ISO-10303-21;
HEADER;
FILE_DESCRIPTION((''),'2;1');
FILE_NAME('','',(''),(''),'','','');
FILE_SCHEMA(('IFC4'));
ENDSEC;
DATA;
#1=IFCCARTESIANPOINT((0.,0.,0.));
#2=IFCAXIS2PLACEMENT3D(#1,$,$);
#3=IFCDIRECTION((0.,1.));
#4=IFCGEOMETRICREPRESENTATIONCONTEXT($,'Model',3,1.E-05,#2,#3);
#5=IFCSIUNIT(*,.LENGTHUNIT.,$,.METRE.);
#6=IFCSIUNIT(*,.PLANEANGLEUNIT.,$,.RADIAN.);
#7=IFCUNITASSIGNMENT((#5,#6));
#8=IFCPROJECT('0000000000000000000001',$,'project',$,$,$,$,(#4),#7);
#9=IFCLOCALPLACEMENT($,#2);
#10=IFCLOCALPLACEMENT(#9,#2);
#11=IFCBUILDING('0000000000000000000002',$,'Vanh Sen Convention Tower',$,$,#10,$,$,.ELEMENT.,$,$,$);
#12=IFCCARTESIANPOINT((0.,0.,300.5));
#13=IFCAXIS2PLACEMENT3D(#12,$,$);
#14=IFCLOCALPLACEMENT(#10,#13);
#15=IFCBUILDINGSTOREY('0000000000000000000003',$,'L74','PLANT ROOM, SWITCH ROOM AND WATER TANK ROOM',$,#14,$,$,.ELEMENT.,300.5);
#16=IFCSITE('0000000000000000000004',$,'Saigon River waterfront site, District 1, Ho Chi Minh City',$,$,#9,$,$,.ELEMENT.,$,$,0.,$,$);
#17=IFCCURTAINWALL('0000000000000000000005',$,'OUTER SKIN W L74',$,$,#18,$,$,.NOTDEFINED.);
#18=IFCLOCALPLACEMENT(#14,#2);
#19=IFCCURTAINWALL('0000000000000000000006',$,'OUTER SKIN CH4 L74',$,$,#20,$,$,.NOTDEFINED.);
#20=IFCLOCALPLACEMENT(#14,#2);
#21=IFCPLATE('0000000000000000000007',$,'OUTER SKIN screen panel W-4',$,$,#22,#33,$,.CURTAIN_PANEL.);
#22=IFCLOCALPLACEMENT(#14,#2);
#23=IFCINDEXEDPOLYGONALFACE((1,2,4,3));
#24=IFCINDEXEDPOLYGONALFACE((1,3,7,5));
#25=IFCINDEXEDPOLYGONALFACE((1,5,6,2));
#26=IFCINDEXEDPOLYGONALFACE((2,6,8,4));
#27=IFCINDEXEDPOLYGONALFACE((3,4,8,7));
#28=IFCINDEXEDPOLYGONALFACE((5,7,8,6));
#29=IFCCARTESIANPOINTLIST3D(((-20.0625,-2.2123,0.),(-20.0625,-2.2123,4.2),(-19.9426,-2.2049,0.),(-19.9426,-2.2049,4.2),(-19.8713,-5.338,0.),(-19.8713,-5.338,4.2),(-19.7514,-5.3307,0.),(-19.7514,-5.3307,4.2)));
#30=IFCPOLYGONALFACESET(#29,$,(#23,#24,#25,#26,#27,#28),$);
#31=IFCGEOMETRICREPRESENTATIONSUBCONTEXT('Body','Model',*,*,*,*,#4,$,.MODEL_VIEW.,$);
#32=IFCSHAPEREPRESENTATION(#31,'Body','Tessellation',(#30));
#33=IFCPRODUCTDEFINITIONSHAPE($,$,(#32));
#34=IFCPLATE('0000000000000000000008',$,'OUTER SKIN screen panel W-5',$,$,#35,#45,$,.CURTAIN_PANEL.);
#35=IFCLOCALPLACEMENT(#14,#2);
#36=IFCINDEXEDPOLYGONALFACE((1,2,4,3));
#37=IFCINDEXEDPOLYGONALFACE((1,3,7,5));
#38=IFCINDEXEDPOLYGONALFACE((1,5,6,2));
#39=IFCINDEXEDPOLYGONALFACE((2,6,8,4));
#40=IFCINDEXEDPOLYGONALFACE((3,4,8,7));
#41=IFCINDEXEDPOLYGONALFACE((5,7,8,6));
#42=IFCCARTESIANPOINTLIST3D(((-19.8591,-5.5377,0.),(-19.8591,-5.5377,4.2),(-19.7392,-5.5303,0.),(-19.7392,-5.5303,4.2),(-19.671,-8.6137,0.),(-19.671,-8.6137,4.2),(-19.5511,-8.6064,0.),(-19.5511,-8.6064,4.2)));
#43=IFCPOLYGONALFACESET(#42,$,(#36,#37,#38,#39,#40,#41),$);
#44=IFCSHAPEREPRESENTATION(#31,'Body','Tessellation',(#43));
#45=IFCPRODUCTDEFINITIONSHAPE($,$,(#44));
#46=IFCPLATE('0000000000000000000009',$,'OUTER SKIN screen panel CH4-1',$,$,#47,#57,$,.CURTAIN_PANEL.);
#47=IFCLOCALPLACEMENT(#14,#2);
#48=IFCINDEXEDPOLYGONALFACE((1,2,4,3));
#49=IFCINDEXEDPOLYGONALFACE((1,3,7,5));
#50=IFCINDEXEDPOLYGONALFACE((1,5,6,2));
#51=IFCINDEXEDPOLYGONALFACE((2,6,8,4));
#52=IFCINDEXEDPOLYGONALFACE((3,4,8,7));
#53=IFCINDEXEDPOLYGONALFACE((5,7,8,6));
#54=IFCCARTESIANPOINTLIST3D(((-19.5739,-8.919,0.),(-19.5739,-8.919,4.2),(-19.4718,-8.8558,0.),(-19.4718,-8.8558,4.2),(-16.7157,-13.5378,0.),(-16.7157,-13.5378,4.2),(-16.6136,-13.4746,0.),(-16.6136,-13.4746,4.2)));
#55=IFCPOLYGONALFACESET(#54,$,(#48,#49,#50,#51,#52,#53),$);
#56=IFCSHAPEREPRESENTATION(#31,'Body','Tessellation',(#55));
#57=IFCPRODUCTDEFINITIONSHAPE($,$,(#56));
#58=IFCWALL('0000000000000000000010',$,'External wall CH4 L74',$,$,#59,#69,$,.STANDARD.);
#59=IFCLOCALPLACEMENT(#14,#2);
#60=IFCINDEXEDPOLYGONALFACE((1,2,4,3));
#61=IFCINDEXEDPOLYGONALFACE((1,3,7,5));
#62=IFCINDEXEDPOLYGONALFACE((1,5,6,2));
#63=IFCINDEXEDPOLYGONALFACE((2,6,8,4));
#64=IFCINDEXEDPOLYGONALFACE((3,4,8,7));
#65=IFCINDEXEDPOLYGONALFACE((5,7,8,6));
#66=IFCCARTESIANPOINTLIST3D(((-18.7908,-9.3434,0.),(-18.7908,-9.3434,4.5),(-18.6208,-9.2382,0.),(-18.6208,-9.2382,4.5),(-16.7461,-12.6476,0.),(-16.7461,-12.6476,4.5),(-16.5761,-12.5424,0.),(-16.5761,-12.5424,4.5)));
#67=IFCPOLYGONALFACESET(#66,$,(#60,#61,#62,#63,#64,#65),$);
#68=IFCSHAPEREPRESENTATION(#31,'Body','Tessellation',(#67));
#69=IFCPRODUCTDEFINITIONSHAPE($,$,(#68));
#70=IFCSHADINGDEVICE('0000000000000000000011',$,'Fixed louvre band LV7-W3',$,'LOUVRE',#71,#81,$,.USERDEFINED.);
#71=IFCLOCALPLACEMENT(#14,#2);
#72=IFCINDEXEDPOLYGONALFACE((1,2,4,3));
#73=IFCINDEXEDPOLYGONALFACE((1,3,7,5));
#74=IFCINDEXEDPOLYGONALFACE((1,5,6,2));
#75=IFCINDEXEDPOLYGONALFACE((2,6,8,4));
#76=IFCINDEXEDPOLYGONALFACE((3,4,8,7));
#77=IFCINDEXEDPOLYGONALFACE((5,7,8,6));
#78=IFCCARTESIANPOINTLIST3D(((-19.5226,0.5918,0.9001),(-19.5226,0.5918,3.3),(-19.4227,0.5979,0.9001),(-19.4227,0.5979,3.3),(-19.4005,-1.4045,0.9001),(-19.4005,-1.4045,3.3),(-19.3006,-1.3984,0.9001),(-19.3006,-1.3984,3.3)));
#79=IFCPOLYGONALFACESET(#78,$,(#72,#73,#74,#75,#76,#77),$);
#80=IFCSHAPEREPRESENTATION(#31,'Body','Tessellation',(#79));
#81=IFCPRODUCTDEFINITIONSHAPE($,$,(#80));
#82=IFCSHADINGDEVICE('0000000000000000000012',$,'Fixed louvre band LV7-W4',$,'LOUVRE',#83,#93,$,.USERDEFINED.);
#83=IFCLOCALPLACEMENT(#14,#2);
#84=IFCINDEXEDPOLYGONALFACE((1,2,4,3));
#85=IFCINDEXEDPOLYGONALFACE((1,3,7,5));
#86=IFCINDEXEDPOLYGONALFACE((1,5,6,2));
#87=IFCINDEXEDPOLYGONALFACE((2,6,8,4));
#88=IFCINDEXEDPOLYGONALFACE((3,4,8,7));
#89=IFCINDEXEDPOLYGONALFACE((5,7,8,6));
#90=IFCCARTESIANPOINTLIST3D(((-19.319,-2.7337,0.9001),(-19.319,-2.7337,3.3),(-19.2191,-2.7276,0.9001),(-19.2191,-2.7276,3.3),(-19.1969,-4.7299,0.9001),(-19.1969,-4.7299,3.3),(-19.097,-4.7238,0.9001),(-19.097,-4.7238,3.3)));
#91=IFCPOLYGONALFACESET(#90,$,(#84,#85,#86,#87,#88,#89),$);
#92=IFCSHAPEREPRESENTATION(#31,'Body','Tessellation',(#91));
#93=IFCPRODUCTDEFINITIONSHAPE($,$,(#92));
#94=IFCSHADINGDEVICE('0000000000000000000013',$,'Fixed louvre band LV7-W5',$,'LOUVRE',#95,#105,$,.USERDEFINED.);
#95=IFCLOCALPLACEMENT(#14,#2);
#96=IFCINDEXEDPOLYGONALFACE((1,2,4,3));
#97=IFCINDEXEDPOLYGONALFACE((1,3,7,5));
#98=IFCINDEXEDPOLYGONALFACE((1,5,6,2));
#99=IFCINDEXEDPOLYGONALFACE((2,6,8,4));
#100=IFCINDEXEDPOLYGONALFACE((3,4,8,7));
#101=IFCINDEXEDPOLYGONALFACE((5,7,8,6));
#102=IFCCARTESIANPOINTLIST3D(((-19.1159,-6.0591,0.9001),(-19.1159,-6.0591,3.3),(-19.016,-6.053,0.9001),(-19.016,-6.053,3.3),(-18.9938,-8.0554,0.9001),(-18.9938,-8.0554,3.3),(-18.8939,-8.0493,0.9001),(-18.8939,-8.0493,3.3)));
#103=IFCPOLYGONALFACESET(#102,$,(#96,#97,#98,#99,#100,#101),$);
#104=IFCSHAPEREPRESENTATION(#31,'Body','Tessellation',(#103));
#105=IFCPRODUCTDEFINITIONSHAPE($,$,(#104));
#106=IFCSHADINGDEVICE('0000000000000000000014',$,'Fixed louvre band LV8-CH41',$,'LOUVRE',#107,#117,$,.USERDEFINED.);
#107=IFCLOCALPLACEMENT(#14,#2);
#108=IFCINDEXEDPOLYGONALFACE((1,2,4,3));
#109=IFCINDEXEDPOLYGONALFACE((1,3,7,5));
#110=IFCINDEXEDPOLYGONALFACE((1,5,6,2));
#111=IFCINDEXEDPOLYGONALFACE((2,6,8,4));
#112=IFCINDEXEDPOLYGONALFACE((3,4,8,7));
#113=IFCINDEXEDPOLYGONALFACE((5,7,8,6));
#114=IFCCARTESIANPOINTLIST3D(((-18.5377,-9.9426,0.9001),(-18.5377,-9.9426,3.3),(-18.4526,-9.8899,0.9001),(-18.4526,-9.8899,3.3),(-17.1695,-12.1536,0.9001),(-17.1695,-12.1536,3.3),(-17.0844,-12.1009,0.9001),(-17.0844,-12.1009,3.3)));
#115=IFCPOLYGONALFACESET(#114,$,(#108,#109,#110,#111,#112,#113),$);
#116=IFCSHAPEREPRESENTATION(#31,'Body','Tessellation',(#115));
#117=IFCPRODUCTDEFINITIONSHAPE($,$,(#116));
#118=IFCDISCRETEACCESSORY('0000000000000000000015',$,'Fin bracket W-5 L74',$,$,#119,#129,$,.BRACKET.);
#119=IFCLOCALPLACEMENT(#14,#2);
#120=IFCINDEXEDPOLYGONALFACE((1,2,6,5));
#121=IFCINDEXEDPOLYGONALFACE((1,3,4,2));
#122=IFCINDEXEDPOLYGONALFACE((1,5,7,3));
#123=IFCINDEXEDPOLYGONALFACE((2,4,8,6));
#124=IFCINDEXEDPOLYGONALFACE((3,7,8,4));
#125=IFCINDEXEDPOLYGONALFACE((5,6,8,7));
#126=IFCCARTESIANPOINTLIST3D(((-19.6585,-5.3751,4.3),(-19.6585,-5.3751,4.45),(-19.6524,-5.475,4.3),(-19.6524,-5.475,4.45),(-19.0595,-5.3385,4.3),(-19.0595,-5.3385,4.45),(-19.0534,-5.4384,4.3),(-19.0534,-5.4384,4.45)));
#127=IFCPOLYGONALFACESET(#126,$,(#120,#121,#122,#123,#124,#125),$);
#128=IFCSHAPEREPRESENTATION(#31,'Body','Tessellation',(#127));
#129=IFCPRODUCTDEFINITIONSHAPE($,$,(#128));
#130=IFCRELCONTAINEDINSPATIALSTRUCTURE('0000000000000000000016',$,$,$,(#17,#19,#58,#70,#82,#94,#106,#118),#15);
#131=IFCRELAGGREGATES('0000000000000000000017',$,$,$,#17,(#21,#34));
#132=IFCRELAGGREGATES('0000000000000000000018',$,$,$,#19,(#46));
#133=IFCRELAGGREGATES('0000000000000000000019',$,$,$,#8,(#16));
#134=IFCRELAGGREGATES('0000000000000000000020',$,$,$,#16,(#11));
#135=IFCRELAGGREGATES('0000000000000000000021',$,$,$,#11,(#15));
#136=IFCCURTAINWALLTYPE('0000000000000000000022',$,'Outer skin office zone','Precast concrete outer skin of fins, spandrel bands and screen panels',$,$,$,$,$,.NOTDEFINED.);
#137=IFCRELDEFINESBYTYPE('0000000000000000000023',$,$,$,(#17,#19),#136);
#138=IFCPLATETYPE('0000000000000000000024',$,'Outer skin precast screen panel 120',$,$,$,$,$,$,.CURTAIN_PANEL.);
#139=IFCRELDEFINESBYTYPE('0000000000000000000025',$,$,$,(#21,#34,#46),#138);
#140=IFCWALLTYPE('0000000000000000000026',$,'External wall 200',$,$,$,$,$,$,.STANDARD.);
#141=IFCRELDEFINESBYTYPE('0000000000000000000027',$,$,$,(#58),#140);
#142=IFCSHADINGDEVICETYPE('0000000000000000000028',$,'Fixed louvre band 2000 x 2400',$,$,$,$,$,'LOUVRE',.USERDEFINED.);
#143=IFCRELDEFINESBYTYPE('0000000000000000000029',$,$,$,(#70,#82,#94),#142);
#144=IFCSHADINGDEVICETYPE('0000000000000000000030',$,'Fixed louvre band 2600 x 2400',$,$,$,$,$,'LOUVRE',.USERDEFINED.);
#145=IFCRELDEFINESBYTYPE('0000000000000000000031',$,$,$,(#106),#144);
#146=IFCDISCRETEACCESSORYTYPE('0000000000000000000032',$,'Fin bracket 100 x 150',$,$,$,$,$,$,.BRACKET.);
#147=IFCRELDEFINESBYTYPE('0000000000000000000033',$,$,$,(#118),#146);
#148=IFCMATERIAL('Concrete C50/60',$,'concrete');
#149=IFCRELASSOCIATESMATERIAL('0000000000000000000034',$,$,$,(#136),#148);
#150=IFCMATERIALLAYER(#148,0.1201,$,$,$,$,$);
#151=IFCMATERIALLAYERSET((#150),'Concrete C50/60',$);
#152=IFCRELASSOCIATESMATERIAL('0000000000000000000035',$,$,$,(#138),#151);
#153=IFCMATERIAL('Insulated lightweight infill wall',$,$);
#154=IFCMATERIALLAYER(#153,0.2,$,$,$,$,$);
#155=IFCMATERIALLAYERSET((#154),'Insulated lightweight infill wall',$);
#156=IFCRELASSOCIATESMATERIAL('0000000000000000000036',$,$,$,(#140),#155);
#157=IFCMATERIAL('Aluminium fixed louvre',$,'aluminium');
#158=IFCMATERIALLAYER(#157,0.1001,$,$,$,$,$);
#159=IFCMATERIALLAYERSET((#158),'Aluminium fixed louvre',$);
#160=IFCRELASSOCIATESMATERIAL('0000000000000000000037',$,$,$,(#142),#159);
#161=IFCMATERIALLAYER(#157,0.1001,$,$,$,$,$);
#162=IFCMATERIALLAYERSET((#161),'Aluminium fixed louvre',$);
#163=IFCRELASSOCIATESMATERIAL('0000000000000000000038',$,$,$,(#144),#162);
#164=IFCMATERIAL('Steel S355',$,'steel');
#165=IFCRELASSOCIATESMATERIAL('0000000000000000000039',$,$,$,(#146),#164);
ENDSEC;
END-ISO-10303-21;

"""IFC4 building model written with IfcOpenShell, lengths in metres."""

from ifc_helpers import new_model, si_unit, direction, frame, frame_2d, origin, origin_2d, place, context, subcontext, project, spatial, rectangle, extrude, material, layer, layer_set, type_object, element, aggregate, save


model = new_model("IFC4")

# Units and contexts
model_context = context("Model", 3, precision=1e-05, world=origin(), true_north=direction((0.0, 1.0)))
body_context = subcontext(model_context, "Body", "Model", "MODEL_VIEW")
ifc_project = project(units=[si_unit("LENGTHUNIT", "METRE"), si_unit("PLANEANGLEUNIT", "RADIAN")], contexts=[model_context])

# Site, building, storey
site_placement = place(None, origin())
site = spatial("IfcSite", under=ifc_project, at=site_placement, Name="Saigon River waterfront site, District 1, Ho Chi Minh City", CompositionType="ELEMENT", RefElevation=0.0)
building_placement = place(site_placement, origin())
building = spatial("IfcBuilding", under=site, at=building_placement, Name="Vanh Sen Convention Tower", CompositionType="ELEMENT")
storey_placement = place(building_placement, frame((0.0, 0.0, 300.5)))
storey = spatial("IfcBuildingStorey", under=building, at=storey_placement, Name="L74", Description="PLANT ROOM, SWITCH ROOM AND WATER TANK ROOM", CompositionType="ELEMENT", Elevation=300.5)

# Curtain wall
ifc_material_1 = material(Name="Concrete C50/60", Category="concrete")
curtain_wall_type = type_object("IfcCurtainWallType", Name="Outer skin office zone", Description="Precast concrete outer skin of fins, spandrel bands and screen panels", PredefinedType="NOTDEFINED", material=ifc_material_1)
curtain_wall_1_placement = place(storey_placement, origin())
curtain_wall_1 = element("IfcCurtainWall", 1, at=curtain_wall_1_placement, inside=storey, type_object=curtain_wall_type, Name="OUTER SKIN W L74", PredefinedType="NOTDEFINED")

# Curtain wall
curtain_wall_2_placement = place(storey_placement, origin())
curtain_wall_2 = element("IfcCurtainWall", 2, at=curtain_wall_2_placement, inside=storey, type_object=curtain_wall_type, Name="OUTER SKIN CH4 L74", PredefinedType="NOTDEFINED")

# Plates
ifc_layer_1 = layer(ifc_material_1, 0.1201)
ifc_layer_set_1 = layer_set([ifc_layer_1], Name="Concrete C50/60")
plate_type = type_object("IfcPlateType", Name="Outer skin precast screen panel 120", PredefinedType="CURTAIN_PANEL", material=ifc_layer_set_1)
plate_1_placement = place(storey_placement, frame((-19.907, -3.7715, 0.0), z_axis=(0.0, 0.0, 1.0), x_axis=(0.061052, -0.998135, 0.0)))
plate_1 = element("IfcPlate", 3, at=plate_1_placement, type_object=plate_type, Name="OUTER SKIN screen panel W-4", PredefinedType="CURTAIN_PANEL", context=body_context, shape_type="SweptSolid", body=[
    extrude(rectangle(XDim=3.1316, YDim=0.1201, at=origin_2d()), origin(), (0.0, 0.0, 1.0), 4.2),
])
plate_2_placement = place(storey_placement, frame((-19.7051, -7.072, 0.0), z_axis=(0.0, 0.0, 1.0), x_axis=(0.06105, -0.998135, 0.0)))
plate_2 = element("IfcPlate", 4, at=plate_2_placement, type_object=plate_type, Name="OUTER SKIN screen panel W-5", PredefinedType="CURTAIN_PANEL", context=body_context, shape_type="SweptSolid", body=[
    extrude(rectangle(XDim=3.0818, YDim=0.1201, at=origin_2d()), origin(), (0.0, 0.0, 1.0), 4.2),
])
aggregate(curtain_wall_1, [plate_1, plate_2])
plate_3_placement = place(storey_placement, frame((-18.0938, -11.1968, 0.0), z_axis=(0.0, 0.0, 1.0), x_axis=(0.526211, -0.850354, 0.0)))
plate_3 = element("IfcPlate", 5, at=plate_3_placement, type_object=plate_type, Name="OUTER SKIN screen panel CH4-1", PredefinedType="CURTAIN_PANEL", context=body_context, shape_type="SweptSolid", body=[
    extrude(rectangle(XDim=5.4316, YDim=0.1201, at=origin_2d()), origin(), (0.0, 0.0, 1.0), 4.2),
])
aggregate(curtain_wall_2, [plate_3])

# Wall
ifc_material_2 = material(Name="Insulated lightweight infill wall")
ifc_layer_2 = layer(ifc_material_2, 0.2)
ifc_layer_set_2 = layer_set([ifc_layer_2], Name="Insulated lightweight infill wall")
wall_type = type_object("IfcWallType", Name="External wall 200", PredefinedType="STANDARD", material=ifc_layer_set_2)
wall_placement = place(storey_placement, frame((-18.7058, -9.2908, 0.0), z_axis=(0.0, 0.0, 1.0), x_axis=(0.52621, -0.850355, 0.0)))
element("IfcWall", 6, at=wall_placement, inside=storey, type_object=wall_type, Name="External wall CH4 L74", PredefinedType="STANDARD", context=body_context, shape_type="SweptSolid", body=[
    extrude(rectangle(XDim=3.8857, YDim=0.2, at=frame_2d((1.9429, 0.0))), origin(), (0.0, 0.0, 1.0), 4.5),
])

# Shading devices
ifc_material_3 = material(Name="Aluminium fixed louvre", Category="aluminium")
ifc_layer_3 = layer(ifc_material_3, 0.1001)
ifc_layer_set_3 = layer_set([ifc_layer_3], Name="Aluminium fixed louvre")
shading_device_type_1 = type_object("IfcShadingDeviceType", Name="Fixed louvre band 2000 x 2400", ElementType="LOUVRE", PredefinedType="USERDEFINED", material=ifc_layer_set_3)
for number, where, z_axis, x_axis, name in (
    (7, (-19.4116, -0.4033, 0.9001), (0.0, 0.0, 1.0), (0.061047, -0.998135, 0.0), "Fixed louvre band LV7-W3"),
    (8, (-19.208, -3.7288, 0.9001), (0.0, 0.0, 1.0), (0.061047, -0.998135, 0.0), "Fixed louvre band LV7-W4"),
    (9, (-19.0049, -7.0542, 0.9001), (0.0, 0.0, 1.0), (0.061047, -0.998135, 0.0), "Fixed louvre band LV7-W5"),
):
    element("IfcShadingDevice", number, at=place(storey_placement, frame(where, z_axis=z_axis, x_axis=x_axis)), inside=storey, type_object=shading_device_type_1, Name=name, ObjectType="LOUVRE", PredefinedType="USERDEFINED", context=body_context, shape_type="SweptSolid", body=[
        extrude(rectangle(XDim=2.0, YDim=0.1001, at=origin_2d()), origin(), (0.0, 0.0, 1.0), 2.3999),
    ])
ifc_layer_4 = layer(ifc_material_3, 0.1001)
ifc_layer_set_4 = layer_set([ifc_layer_4], Name="Aluminium fixed louvre")
shading_device_type_2 = type_object("IfcShadingDeviceType", Name="Fixed louvre band 2600 x 2400", ElementType="LOUVRE", PredefinedType="USERDEFINED", material=ifc_layer_set_4)
shading_device_placement = place(storey_placement, frame((-17.811, -11.0217, 0.9001), z_axis=(0.0, 0.0, 1.0), x_axis=(0.526217, -0.85035, 0.0)))
element("IfcShadingDevice", 10, at=shading_device_placement, inside=storey, type_object=shading_device_type_2, Name="Fixed louvre band LV8-CH41", ObjectType="LOUVRE", PredefinedType="USERDEFINED", context=body_context, shape_type="SweptSolid", body=[
    extrude(rectangle(XDim=2.6001, YDim=0.1001, at=origin_2d()), origin(), (0.0, 0.0, 1.0), 2.3999),
])

# Discrete accessory
ifc_material_4 = material(Name="Steel S355", Category="steel")
discrete_accessory_type = type_object("IfcDiscreteAccessoryType", Name="Fin bracket 100 x 150", PredefinedType="BRACKET", material=ifc_material_4)
discrete_accessory_placement = place(storey_placement, frame((-19.356, -5.4067, 4.3), z_axis=(0.0, 0.0, 1.0), x_axis=(-0.998135, -0.061049, 0.0)))
element("IfcDiscreteAccessory", 11, at=discrete_accessory_placement, inside=storey, type_object=discrete_accessory_type, Name="Fin bracket W-5 L74", PredefinedType="BRACKET", context=body_context, shape_type="SweptSolid", body=[
    extrude(rectangle(XDim=0.6001, YDim=0.1001, at=origin_2d()), origin(), (0.0, 0.0, 1.0), 0.1499),
])

save(model, "model.ifc")
